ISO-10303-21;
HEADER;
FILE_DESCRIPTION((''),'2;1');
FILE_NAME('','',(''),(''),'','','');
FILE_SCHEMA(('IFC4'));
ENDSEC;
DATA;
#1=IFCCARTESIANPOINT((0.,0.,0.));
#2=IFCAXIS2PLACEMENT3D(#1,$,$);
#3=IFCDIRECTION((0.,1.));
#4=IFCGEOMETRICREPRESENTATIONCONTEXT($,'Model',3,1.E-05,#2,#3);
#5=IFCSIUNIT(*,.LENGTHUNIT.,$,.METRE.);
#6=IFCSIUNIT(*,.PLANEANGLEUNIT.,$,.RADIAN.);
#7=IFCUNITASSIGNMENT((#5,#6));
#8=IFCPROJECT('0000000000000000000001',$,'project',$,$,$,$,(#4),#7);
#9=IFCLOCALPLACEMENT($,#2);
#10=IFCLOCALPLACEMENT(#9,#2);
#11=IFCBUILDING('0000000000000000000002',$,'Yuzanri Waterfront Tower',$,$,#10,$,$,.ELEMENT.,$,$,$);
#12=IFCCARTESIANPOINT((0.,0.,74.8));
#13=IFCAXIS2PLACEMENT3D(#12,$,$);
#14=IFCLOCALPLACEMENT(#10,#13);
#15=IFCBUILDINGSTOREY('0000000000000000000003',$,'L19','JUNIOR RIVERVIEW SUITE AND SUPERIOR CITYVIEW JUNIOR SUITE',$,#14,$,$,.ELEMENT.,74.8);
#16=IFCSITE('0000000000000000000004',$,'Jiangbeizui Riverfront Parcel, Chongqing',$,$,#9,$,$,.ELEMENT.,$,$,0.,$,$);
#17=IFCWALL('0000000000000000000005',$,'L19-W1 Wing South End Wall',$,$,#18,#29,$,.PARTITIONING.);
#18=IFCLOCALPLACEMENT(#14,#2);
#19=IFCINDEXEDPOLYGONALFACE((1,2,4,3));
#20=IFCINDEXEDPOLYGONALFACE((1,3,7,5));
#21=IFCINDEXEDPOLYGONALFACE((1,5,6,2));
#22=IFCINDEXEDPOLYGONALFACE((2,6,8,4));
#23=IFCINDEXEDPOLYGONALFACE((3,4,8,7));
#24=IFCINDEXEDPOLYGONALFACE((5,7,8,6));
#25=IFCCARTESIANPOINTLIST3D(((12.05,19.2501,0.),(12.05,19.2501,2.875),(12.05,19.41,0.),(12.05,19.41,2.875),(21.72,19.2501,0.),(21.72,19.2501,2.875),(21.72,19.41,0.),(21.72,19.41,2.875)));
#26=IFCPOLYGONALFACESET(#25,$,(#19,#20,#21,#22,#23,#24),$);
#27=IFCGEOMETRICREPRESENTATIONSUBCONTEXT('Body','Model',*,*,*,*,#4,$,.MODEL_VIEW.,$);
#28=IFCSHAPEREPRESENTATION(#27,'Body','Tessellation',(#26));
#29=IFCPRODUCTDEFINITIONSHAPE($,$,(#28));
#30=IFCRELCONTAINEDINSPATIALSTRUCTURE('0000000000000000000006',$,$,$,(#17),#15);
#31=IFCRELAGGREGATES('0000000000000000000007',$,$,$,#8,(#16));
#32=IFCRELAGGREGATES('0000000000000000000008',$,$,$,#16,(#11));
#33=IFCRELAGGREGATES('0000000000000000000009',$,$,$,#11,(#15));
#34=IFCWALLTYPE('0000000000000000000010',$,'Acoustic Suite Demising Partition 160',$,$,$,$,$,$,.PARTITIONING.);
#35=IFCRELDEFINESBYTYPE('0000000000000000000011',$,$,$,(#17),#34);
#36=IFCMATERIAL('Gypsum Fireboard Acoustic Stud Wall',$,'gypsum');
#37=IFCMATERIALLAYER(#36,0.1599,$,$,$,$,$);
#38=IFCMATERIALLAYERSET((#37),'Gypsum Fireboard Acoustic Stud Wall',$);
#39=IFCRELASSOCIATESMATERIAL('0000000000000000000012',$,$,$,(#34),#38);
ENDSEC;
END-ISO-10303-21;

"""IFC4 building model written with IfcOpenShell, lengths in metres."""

from ifc_helpers import new_model, si_unit, direction, frame, frame_2d, origin, place, context, subcontext, project, spatial, rectangle, extrude, source, transform, mapped, material, layer, layer_set, type_object, element, save


model = new_model("IFC4")

# Units and contexts
model_context = context("Model", 3, precision=1e-05, world=origin(), true_north=direction((0.0, 1.0)))
body_context = subcontext(model_context, "Body", "Model", "MODEL_VIEW")
ifc_project = project(units=[si_unit("LENGTHUNIT", "METRE"), si_unit("PLANEANGLEUNIT", "RADIAN")], contexts=[model_context])

# Site, building, storey
site_placement = place(None, origin())
site = spatial("IfcSite", under=ifc_project, at=site_placement, Name="Jiangbeizui Riverfront Parcel, Chongqing", CompositionType="ELEMENT", RefElevation=0.0)
building_placement = place(site_placement, origin())
building = spatial("IfcBuilding", under=site, at=building_placement, Name="Yuzanri Waterfront Tower", CompositionType="ELEMENT")
storey_placement = place(building_placement, frame((0.0, 0.0, 74.8)))
storey = spatial("IfcBuildingStorey", under=building, at=storey_placement, Name="L19", Description="JUNIOR RIVERVIEW SUITE AND SUPERIOR CITYVIEW JUNIOR SUITE", CompositionType="ELEMENT", Elevation=74.8)

# Wall
ifc_material_1 = material(Name="Gypsum Fireboard Acoustic Stud Wall", Category="gypsum")
ifc_layer_1 = layer(ifc_material_1, 0.1599)
ifc_layer_set_1 = layer_set([ifc_layer_1], Name="Gypsum Fireboard Acoustic Stud Wall")
wall_type_1 = type_object("IfcWallType", Name="Acoustic Suite Demising Partition 160", PredefinedType="PARTITIONING", material=ifc_layer_set_1)
shared_shape_1 = source(origin(), body_context, "Body", "SweptSolid", [
    extrude(rectangle(XDim=9.6699, YDim=0.1599, at=frame_2d((4.835, 0.0))), origin(), (0.0, 0.0, 1.0), 2.875),
])
wall_1_placement = place(storey_placement, frame((12.05, 19.3301, 0.0), z_axis=(0.0, 0.0, 1.0), x_axis=(1.0, 0.0, 0.0)))
element("IfcWall", 1, at=wall_1_placement, inside=storey, type_object=wall_type_1, Name="L19-W1 Wing South End Wall", PredefinedType="PARTITIONING", context=body_context, shape_type="MappedRepresentation", body=[
    mapped(shared_shape_1, transform((0.0, 0.0, 0.0), scale=1.0)),
])

save(model, "model.ifc")
